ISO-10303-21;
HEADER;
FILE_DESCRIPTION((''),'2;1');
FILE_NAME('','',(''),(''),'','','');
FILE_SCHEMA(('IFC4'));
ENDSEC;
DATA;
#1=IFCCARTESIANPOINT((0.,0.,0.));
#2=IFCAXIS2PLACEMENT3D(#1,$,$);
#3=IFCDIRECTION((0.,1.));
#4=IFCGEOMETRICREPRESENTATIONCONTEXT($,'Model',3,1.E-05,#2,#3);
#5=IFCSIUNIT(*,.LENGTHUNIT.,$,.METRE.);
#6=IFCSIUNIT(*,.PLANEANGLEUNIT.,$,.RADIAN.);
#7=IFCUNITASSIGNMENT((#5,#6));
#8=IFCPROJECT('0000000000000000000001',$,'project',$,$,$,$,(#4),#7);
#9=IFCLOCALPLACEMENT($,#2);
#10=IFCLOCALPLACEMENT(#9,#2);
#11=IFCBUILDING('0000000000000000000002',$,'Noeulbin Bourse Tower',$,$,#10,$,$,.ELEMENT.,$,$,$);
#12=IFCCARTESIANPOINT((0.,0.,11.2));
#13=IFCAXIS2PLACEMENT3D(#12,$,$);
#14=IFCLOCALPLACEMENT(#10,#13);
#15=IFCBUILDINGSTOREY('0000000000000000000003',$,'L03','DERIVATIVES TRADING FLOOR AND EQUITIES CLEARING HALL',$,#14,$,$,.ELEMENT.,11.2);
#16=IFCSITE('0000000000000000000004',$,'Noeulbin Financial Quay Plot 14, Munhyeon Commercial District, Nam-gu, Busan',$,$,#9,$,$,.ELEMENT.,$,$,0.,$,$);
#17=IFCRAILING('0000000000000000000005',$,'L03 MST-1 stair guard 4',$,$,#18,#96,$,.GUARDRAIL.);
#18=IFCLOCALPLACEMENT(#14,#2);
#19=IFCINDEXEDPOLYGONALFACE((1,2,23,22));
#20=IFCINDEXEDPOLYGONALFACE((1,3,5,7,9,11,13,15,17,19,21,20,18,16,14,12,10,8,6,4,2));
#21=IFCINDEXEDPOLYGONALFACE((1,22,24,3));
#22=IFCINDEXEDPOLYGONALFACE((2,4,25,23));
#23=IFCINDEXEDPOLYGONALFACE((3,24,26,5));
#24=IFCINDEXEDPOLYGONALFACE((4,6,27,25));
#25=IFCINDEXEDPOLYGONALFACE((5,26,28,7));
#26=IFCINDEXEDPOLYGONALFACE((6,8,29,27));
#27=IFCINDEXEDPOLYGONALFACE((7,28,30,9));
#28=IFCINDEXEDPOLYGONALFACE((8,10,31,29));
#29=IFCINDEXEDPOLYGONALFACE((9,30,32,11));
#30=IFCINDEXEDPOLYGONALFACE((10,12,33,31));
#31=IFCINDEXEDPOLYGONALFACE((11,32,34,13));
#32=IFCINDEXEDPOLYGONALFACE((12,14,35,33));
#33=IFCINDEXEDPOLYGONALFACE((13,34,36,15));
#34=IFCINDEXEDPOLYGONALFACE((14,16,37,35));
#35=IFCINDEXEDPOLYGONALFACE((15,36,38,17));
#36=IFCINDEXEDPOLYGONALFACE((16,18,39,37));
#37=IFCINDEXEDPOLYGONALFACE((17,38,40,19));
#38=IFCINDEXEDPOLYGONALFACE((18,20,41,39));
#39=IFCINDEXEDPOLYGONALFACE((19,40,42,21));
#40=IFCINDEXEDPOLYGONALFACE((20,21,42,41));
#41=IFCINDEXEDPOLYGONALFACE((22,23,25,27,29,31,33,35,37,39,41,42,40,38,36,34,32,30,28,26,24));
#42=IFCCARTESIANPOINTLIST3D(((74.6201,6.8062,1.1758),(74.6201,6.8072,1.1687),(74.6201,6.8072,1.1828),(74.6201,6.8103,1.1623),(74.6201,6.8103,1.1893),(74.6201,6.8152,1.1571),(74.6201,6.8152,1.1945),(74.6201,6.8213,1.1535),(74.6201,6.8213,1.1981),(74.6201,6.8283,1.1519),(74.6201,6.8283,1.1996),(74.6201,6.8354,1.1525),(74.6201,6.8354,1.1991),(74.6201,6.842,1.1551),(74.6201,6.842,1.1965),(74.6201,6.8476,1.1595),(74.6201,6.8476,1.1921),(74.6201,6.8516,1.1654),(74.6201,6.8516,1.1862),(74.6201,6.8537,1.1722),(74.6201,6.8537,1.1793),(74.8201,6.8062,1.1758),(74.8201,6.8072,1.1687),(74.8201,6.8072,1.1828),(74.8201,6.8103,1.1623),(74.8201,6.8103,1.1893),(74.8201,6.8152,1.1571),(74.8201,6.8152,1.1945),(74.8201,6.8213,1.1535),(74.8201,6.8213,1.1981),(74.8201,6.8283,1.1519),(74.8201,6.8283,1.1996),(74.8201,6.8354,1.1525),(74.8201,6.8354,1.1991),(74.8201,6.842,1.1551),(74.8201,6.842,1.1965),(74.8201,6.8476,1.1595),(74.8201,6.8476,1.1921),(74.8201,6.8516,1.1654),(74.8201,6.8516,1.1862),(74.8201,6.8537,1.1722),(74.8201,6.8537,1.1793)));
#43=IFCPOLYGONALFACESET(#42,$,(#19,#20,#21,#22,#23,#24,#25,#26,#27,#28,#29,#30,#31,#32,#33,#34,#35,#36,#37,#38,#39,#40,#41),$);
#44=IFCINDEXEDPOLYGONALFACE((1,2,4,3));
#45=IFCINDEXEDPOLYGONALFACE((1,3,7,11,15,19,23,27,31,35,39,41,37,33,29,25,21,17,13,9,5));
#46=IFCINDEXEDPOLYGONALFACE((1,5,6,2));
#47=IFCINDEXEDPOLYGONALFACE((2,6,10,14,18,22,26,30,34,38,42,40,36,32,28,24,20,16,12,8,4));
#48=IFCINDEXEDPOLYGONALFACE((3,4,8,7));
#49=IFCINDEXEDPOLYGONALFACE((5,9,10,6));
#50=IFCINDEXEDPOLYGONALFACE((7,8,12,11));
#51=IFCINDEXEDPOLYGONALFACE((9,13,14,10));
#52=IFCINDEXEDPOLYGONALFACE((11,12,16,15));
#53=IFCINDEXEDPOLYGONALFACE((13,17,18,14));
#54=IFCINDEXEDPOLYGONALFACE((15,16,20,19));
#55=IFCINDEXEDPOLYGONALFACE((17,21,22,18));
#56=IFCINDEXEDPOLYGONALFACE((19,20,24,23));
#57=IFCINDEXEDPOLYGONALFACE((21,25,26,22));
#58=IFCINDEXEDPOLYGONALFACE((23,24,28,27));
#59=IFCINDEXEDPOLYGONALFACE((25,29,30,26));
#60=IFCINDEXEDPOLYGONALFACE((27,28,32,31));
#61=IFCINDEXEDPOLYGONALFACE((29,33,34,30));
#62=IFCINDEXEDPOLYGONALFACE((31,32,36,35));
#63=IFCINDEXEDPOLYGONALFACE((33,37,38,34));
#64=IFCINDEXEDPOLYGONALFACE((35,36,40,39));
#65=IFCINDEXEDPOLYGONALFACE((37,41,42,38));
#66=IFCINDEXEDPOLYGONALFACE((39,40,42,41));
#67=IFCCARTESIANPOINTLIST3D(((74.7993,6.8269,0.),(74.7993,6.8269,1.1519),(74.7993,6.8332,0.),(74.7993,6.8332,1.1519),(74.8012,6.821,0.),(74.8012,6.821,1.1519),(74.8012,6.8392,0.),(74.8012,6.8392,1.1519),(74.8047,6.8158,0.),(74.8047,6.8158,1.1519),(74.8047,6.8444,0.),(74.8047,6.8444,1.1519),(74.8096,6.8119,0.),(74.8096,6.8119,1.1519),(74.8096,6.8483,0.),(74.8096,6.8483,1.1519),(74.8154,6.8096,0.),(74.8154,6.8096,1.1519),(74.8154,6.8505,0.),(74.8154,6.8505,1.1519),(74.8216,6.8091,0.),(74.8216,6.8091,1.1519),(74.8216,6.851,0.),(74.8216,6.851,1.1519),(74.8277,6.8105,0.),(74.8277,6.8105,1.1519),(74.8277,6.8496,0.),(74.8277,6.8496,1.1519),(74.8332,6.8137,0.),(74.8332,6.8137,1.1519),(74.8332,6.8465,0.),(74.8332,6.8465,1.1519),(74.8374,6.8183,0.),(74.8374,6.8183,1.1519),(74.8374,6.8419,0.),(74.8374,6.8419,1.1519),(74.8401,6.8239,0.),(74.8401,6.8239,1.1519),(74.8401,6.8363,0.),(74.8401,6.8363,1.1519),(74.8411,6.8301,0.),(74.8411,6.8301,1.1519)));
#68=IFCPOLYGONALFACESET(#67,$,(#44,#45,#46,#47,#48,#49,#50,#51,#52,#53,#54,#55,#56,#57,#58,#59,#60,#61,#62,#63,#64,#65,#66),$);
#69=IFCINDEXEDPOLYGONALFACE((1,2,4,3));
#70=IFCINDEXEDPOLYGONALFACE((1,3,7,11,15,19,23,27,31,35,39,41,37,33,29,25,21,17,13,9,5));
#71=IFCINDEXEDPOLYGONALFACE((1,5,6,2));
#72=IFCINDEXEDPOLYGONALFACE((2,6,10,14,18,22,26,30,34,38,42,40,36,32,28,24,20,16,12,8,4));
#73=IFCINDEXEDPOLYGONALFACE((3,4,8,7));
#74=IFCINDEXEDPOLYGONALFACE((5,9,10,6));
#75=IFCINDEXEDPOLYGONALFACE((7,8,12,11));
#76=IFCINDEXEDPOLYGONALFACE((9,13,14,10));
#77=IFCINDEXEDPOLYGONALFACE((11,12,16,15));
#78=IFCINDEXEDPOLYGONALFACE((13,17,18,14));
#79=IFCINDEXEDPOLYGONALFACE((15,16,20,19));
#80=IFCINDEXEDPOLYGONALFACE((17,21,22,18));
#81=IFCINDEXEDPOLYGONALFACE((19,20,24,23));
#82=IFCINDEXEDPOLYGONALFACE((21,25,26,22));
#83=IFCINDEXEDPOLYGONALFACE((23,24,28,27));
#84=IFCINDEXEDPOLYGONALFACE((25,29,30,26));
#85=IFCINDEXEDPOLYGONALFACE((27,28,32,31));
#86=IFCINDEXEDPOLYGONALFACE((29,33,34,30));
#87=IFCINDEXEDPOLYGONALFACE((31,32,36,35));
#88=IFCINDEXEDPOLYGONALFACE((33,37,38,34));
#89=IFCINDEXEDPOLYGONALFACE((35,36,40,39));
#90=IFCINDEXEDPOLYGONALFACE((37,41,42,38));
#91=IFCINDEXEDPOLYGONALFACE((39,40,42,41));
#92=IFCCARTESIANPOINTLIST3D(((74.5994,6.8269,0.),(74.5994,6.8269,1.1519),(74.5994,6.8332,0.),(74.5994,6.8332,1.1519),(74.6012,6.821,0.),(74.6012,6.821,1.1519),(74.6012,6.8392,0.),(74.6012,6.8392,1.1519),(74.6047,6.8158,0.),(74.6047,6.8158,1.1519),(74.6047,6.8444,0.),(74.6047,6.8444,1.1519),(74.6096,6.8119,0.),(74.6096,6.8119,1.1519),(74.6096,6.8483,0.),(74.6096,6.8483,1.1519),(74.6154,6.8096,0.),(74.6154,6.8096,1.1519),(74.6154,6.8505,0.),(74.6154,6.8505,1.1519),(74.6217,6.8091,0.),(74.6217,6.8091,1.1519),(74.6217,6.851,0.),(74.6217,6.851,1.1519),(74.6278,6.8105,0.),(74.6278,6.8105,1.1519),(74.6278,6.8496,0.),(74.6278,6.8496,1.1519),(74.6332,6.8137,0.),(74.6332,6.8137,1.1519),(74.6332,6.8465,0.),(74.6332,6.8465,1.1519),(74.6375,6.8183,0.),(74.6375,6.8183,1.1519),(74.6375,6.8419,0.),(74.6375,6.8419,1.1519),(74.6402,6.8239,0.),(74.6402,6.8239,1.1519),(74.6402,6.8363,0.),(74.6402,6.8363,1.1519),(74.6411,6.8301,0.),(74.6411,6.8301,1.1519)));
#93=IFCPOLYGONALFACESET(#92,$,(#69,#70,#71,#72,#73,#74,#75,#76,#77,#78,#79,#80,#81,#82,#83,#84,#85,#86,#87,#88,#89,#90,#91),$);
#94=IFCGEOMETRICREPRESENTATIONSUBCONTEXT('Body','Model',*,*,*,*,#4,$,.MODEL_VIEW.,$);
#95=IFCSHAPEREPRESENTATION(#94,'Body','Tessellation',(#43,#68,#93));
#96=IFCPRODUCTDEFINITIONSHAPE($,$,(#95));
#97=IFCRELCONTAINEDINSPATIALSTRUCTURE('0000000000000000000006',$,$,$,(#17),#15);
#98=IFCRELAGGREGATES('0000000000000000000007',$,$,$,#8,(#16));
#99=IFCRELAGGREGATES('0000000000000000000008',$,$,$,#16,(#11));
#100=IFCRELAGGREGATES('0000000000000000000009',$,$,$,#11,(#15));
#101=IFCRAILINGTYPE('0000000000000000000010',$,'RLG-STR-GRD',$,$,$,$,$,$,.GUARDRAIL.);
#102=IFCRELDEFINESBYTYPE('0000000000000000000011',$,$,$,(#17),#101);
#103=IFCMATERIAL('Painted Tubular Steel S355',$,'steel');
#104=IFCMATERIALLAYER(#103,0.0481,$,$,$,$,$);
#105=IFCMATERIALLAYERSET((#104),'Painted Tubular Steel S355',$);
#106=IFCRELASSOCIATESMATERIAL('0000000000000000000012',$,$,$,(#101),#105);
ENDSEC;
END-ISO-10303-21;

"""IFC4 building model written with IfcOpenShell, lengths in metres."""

from ifc_helpers import new_model, si_unit, direction, frame, origin, origin_2d, place, context, subcontext, project, spatial, circle, extrude, material, layer, layer_set, type_object, element, save


model = new_model("IFC4")

# Units and contexts
model_context = context("Model", 3, precision=1e-05, world=origin(), true_north=direction((0.0, 1.0)))
body_context = subcontext(model_context, "Body", "Model", "MODEL_VIEW")
ifc_project = project(units=[si_unit("LENGTHUNIT", "METRE"), si_unit("PLANEANGLEUNIT", "RADIAN")], contexts=[model_context])

# Site, building, storey
site_placement = place(None, origin())
site = spatial("IfcSite", under=ifc_project, at=site_placement, Name="Noeulbin Financial Quay Plot 14, Munhyeon Commercial District, Nam-gu, Busan", CompositionType="ELEMENT", RefElevation=0.0)
building_placement = place(site_placement, origin())
building = spatial("IfcBuilding", under=site, at=building_placement, Name="Noeulbin Bourse Tower", CompositionType="ELEMENT")
storey_placement = place(building_placement, frame((0.0, 0.0, 11.2)))
storey = spatial("IfcBuildingStorey", under=building, at=storey_placement, Name="L03", Description="DERIVATIVES TRADING FLOOR AND EQUITIES CLEARING HALL", CompositionType="ELEMENT", Elevation=11.2)

# Railing
ifc_material_1 = material(Name="Painted Tubular Steel S355", Category="steel")
ifc_layer_1 = layer(ifc_material_1, 0.0481)
ifc_layer_set_1 = layer_set([ifc_layer_1], Name="Painted Tubular Steel S355")
railing_type_1 = type_object("IfcRailingType", Name="RLG-STR-GRD", PredefinedType="GUARDRAIL", material=ifc_layer_set_1)
railing_1_placement = place(storey_placement, frame((74.8201, 6.8301, 0.0)))
element("IfcRailing", 1, at=railing_1_placement, inside=storey, type_object=railing_type_1, Name="L03 MST-1 stair guard 4", PredefinedType="GUARDRAIL", context=body_context, shape_type="SweptSolid", body=[
    extrude(circle(Radius=0.0239, at=origin_2d()), frame((0.0, 0.0, 1.1758), z_axis=(-1.0, 0.0, 0.0), x_axis=(0.0, -1.0, 0.0)), (0.0, 0.0, 1.0), 0.2),
    extrude(circle(Radius=0.021, at=origin_2d()), origin(), (0.0, 0.0, 1.0), 1.1519),
    extrude(circle(Radius=0.021, at=origin_2d()), frame((-0.2, 0.0, 0.0)), (0.0, 0.0, 1.0), 1.1519),
])

save(model, "model.ifc")
